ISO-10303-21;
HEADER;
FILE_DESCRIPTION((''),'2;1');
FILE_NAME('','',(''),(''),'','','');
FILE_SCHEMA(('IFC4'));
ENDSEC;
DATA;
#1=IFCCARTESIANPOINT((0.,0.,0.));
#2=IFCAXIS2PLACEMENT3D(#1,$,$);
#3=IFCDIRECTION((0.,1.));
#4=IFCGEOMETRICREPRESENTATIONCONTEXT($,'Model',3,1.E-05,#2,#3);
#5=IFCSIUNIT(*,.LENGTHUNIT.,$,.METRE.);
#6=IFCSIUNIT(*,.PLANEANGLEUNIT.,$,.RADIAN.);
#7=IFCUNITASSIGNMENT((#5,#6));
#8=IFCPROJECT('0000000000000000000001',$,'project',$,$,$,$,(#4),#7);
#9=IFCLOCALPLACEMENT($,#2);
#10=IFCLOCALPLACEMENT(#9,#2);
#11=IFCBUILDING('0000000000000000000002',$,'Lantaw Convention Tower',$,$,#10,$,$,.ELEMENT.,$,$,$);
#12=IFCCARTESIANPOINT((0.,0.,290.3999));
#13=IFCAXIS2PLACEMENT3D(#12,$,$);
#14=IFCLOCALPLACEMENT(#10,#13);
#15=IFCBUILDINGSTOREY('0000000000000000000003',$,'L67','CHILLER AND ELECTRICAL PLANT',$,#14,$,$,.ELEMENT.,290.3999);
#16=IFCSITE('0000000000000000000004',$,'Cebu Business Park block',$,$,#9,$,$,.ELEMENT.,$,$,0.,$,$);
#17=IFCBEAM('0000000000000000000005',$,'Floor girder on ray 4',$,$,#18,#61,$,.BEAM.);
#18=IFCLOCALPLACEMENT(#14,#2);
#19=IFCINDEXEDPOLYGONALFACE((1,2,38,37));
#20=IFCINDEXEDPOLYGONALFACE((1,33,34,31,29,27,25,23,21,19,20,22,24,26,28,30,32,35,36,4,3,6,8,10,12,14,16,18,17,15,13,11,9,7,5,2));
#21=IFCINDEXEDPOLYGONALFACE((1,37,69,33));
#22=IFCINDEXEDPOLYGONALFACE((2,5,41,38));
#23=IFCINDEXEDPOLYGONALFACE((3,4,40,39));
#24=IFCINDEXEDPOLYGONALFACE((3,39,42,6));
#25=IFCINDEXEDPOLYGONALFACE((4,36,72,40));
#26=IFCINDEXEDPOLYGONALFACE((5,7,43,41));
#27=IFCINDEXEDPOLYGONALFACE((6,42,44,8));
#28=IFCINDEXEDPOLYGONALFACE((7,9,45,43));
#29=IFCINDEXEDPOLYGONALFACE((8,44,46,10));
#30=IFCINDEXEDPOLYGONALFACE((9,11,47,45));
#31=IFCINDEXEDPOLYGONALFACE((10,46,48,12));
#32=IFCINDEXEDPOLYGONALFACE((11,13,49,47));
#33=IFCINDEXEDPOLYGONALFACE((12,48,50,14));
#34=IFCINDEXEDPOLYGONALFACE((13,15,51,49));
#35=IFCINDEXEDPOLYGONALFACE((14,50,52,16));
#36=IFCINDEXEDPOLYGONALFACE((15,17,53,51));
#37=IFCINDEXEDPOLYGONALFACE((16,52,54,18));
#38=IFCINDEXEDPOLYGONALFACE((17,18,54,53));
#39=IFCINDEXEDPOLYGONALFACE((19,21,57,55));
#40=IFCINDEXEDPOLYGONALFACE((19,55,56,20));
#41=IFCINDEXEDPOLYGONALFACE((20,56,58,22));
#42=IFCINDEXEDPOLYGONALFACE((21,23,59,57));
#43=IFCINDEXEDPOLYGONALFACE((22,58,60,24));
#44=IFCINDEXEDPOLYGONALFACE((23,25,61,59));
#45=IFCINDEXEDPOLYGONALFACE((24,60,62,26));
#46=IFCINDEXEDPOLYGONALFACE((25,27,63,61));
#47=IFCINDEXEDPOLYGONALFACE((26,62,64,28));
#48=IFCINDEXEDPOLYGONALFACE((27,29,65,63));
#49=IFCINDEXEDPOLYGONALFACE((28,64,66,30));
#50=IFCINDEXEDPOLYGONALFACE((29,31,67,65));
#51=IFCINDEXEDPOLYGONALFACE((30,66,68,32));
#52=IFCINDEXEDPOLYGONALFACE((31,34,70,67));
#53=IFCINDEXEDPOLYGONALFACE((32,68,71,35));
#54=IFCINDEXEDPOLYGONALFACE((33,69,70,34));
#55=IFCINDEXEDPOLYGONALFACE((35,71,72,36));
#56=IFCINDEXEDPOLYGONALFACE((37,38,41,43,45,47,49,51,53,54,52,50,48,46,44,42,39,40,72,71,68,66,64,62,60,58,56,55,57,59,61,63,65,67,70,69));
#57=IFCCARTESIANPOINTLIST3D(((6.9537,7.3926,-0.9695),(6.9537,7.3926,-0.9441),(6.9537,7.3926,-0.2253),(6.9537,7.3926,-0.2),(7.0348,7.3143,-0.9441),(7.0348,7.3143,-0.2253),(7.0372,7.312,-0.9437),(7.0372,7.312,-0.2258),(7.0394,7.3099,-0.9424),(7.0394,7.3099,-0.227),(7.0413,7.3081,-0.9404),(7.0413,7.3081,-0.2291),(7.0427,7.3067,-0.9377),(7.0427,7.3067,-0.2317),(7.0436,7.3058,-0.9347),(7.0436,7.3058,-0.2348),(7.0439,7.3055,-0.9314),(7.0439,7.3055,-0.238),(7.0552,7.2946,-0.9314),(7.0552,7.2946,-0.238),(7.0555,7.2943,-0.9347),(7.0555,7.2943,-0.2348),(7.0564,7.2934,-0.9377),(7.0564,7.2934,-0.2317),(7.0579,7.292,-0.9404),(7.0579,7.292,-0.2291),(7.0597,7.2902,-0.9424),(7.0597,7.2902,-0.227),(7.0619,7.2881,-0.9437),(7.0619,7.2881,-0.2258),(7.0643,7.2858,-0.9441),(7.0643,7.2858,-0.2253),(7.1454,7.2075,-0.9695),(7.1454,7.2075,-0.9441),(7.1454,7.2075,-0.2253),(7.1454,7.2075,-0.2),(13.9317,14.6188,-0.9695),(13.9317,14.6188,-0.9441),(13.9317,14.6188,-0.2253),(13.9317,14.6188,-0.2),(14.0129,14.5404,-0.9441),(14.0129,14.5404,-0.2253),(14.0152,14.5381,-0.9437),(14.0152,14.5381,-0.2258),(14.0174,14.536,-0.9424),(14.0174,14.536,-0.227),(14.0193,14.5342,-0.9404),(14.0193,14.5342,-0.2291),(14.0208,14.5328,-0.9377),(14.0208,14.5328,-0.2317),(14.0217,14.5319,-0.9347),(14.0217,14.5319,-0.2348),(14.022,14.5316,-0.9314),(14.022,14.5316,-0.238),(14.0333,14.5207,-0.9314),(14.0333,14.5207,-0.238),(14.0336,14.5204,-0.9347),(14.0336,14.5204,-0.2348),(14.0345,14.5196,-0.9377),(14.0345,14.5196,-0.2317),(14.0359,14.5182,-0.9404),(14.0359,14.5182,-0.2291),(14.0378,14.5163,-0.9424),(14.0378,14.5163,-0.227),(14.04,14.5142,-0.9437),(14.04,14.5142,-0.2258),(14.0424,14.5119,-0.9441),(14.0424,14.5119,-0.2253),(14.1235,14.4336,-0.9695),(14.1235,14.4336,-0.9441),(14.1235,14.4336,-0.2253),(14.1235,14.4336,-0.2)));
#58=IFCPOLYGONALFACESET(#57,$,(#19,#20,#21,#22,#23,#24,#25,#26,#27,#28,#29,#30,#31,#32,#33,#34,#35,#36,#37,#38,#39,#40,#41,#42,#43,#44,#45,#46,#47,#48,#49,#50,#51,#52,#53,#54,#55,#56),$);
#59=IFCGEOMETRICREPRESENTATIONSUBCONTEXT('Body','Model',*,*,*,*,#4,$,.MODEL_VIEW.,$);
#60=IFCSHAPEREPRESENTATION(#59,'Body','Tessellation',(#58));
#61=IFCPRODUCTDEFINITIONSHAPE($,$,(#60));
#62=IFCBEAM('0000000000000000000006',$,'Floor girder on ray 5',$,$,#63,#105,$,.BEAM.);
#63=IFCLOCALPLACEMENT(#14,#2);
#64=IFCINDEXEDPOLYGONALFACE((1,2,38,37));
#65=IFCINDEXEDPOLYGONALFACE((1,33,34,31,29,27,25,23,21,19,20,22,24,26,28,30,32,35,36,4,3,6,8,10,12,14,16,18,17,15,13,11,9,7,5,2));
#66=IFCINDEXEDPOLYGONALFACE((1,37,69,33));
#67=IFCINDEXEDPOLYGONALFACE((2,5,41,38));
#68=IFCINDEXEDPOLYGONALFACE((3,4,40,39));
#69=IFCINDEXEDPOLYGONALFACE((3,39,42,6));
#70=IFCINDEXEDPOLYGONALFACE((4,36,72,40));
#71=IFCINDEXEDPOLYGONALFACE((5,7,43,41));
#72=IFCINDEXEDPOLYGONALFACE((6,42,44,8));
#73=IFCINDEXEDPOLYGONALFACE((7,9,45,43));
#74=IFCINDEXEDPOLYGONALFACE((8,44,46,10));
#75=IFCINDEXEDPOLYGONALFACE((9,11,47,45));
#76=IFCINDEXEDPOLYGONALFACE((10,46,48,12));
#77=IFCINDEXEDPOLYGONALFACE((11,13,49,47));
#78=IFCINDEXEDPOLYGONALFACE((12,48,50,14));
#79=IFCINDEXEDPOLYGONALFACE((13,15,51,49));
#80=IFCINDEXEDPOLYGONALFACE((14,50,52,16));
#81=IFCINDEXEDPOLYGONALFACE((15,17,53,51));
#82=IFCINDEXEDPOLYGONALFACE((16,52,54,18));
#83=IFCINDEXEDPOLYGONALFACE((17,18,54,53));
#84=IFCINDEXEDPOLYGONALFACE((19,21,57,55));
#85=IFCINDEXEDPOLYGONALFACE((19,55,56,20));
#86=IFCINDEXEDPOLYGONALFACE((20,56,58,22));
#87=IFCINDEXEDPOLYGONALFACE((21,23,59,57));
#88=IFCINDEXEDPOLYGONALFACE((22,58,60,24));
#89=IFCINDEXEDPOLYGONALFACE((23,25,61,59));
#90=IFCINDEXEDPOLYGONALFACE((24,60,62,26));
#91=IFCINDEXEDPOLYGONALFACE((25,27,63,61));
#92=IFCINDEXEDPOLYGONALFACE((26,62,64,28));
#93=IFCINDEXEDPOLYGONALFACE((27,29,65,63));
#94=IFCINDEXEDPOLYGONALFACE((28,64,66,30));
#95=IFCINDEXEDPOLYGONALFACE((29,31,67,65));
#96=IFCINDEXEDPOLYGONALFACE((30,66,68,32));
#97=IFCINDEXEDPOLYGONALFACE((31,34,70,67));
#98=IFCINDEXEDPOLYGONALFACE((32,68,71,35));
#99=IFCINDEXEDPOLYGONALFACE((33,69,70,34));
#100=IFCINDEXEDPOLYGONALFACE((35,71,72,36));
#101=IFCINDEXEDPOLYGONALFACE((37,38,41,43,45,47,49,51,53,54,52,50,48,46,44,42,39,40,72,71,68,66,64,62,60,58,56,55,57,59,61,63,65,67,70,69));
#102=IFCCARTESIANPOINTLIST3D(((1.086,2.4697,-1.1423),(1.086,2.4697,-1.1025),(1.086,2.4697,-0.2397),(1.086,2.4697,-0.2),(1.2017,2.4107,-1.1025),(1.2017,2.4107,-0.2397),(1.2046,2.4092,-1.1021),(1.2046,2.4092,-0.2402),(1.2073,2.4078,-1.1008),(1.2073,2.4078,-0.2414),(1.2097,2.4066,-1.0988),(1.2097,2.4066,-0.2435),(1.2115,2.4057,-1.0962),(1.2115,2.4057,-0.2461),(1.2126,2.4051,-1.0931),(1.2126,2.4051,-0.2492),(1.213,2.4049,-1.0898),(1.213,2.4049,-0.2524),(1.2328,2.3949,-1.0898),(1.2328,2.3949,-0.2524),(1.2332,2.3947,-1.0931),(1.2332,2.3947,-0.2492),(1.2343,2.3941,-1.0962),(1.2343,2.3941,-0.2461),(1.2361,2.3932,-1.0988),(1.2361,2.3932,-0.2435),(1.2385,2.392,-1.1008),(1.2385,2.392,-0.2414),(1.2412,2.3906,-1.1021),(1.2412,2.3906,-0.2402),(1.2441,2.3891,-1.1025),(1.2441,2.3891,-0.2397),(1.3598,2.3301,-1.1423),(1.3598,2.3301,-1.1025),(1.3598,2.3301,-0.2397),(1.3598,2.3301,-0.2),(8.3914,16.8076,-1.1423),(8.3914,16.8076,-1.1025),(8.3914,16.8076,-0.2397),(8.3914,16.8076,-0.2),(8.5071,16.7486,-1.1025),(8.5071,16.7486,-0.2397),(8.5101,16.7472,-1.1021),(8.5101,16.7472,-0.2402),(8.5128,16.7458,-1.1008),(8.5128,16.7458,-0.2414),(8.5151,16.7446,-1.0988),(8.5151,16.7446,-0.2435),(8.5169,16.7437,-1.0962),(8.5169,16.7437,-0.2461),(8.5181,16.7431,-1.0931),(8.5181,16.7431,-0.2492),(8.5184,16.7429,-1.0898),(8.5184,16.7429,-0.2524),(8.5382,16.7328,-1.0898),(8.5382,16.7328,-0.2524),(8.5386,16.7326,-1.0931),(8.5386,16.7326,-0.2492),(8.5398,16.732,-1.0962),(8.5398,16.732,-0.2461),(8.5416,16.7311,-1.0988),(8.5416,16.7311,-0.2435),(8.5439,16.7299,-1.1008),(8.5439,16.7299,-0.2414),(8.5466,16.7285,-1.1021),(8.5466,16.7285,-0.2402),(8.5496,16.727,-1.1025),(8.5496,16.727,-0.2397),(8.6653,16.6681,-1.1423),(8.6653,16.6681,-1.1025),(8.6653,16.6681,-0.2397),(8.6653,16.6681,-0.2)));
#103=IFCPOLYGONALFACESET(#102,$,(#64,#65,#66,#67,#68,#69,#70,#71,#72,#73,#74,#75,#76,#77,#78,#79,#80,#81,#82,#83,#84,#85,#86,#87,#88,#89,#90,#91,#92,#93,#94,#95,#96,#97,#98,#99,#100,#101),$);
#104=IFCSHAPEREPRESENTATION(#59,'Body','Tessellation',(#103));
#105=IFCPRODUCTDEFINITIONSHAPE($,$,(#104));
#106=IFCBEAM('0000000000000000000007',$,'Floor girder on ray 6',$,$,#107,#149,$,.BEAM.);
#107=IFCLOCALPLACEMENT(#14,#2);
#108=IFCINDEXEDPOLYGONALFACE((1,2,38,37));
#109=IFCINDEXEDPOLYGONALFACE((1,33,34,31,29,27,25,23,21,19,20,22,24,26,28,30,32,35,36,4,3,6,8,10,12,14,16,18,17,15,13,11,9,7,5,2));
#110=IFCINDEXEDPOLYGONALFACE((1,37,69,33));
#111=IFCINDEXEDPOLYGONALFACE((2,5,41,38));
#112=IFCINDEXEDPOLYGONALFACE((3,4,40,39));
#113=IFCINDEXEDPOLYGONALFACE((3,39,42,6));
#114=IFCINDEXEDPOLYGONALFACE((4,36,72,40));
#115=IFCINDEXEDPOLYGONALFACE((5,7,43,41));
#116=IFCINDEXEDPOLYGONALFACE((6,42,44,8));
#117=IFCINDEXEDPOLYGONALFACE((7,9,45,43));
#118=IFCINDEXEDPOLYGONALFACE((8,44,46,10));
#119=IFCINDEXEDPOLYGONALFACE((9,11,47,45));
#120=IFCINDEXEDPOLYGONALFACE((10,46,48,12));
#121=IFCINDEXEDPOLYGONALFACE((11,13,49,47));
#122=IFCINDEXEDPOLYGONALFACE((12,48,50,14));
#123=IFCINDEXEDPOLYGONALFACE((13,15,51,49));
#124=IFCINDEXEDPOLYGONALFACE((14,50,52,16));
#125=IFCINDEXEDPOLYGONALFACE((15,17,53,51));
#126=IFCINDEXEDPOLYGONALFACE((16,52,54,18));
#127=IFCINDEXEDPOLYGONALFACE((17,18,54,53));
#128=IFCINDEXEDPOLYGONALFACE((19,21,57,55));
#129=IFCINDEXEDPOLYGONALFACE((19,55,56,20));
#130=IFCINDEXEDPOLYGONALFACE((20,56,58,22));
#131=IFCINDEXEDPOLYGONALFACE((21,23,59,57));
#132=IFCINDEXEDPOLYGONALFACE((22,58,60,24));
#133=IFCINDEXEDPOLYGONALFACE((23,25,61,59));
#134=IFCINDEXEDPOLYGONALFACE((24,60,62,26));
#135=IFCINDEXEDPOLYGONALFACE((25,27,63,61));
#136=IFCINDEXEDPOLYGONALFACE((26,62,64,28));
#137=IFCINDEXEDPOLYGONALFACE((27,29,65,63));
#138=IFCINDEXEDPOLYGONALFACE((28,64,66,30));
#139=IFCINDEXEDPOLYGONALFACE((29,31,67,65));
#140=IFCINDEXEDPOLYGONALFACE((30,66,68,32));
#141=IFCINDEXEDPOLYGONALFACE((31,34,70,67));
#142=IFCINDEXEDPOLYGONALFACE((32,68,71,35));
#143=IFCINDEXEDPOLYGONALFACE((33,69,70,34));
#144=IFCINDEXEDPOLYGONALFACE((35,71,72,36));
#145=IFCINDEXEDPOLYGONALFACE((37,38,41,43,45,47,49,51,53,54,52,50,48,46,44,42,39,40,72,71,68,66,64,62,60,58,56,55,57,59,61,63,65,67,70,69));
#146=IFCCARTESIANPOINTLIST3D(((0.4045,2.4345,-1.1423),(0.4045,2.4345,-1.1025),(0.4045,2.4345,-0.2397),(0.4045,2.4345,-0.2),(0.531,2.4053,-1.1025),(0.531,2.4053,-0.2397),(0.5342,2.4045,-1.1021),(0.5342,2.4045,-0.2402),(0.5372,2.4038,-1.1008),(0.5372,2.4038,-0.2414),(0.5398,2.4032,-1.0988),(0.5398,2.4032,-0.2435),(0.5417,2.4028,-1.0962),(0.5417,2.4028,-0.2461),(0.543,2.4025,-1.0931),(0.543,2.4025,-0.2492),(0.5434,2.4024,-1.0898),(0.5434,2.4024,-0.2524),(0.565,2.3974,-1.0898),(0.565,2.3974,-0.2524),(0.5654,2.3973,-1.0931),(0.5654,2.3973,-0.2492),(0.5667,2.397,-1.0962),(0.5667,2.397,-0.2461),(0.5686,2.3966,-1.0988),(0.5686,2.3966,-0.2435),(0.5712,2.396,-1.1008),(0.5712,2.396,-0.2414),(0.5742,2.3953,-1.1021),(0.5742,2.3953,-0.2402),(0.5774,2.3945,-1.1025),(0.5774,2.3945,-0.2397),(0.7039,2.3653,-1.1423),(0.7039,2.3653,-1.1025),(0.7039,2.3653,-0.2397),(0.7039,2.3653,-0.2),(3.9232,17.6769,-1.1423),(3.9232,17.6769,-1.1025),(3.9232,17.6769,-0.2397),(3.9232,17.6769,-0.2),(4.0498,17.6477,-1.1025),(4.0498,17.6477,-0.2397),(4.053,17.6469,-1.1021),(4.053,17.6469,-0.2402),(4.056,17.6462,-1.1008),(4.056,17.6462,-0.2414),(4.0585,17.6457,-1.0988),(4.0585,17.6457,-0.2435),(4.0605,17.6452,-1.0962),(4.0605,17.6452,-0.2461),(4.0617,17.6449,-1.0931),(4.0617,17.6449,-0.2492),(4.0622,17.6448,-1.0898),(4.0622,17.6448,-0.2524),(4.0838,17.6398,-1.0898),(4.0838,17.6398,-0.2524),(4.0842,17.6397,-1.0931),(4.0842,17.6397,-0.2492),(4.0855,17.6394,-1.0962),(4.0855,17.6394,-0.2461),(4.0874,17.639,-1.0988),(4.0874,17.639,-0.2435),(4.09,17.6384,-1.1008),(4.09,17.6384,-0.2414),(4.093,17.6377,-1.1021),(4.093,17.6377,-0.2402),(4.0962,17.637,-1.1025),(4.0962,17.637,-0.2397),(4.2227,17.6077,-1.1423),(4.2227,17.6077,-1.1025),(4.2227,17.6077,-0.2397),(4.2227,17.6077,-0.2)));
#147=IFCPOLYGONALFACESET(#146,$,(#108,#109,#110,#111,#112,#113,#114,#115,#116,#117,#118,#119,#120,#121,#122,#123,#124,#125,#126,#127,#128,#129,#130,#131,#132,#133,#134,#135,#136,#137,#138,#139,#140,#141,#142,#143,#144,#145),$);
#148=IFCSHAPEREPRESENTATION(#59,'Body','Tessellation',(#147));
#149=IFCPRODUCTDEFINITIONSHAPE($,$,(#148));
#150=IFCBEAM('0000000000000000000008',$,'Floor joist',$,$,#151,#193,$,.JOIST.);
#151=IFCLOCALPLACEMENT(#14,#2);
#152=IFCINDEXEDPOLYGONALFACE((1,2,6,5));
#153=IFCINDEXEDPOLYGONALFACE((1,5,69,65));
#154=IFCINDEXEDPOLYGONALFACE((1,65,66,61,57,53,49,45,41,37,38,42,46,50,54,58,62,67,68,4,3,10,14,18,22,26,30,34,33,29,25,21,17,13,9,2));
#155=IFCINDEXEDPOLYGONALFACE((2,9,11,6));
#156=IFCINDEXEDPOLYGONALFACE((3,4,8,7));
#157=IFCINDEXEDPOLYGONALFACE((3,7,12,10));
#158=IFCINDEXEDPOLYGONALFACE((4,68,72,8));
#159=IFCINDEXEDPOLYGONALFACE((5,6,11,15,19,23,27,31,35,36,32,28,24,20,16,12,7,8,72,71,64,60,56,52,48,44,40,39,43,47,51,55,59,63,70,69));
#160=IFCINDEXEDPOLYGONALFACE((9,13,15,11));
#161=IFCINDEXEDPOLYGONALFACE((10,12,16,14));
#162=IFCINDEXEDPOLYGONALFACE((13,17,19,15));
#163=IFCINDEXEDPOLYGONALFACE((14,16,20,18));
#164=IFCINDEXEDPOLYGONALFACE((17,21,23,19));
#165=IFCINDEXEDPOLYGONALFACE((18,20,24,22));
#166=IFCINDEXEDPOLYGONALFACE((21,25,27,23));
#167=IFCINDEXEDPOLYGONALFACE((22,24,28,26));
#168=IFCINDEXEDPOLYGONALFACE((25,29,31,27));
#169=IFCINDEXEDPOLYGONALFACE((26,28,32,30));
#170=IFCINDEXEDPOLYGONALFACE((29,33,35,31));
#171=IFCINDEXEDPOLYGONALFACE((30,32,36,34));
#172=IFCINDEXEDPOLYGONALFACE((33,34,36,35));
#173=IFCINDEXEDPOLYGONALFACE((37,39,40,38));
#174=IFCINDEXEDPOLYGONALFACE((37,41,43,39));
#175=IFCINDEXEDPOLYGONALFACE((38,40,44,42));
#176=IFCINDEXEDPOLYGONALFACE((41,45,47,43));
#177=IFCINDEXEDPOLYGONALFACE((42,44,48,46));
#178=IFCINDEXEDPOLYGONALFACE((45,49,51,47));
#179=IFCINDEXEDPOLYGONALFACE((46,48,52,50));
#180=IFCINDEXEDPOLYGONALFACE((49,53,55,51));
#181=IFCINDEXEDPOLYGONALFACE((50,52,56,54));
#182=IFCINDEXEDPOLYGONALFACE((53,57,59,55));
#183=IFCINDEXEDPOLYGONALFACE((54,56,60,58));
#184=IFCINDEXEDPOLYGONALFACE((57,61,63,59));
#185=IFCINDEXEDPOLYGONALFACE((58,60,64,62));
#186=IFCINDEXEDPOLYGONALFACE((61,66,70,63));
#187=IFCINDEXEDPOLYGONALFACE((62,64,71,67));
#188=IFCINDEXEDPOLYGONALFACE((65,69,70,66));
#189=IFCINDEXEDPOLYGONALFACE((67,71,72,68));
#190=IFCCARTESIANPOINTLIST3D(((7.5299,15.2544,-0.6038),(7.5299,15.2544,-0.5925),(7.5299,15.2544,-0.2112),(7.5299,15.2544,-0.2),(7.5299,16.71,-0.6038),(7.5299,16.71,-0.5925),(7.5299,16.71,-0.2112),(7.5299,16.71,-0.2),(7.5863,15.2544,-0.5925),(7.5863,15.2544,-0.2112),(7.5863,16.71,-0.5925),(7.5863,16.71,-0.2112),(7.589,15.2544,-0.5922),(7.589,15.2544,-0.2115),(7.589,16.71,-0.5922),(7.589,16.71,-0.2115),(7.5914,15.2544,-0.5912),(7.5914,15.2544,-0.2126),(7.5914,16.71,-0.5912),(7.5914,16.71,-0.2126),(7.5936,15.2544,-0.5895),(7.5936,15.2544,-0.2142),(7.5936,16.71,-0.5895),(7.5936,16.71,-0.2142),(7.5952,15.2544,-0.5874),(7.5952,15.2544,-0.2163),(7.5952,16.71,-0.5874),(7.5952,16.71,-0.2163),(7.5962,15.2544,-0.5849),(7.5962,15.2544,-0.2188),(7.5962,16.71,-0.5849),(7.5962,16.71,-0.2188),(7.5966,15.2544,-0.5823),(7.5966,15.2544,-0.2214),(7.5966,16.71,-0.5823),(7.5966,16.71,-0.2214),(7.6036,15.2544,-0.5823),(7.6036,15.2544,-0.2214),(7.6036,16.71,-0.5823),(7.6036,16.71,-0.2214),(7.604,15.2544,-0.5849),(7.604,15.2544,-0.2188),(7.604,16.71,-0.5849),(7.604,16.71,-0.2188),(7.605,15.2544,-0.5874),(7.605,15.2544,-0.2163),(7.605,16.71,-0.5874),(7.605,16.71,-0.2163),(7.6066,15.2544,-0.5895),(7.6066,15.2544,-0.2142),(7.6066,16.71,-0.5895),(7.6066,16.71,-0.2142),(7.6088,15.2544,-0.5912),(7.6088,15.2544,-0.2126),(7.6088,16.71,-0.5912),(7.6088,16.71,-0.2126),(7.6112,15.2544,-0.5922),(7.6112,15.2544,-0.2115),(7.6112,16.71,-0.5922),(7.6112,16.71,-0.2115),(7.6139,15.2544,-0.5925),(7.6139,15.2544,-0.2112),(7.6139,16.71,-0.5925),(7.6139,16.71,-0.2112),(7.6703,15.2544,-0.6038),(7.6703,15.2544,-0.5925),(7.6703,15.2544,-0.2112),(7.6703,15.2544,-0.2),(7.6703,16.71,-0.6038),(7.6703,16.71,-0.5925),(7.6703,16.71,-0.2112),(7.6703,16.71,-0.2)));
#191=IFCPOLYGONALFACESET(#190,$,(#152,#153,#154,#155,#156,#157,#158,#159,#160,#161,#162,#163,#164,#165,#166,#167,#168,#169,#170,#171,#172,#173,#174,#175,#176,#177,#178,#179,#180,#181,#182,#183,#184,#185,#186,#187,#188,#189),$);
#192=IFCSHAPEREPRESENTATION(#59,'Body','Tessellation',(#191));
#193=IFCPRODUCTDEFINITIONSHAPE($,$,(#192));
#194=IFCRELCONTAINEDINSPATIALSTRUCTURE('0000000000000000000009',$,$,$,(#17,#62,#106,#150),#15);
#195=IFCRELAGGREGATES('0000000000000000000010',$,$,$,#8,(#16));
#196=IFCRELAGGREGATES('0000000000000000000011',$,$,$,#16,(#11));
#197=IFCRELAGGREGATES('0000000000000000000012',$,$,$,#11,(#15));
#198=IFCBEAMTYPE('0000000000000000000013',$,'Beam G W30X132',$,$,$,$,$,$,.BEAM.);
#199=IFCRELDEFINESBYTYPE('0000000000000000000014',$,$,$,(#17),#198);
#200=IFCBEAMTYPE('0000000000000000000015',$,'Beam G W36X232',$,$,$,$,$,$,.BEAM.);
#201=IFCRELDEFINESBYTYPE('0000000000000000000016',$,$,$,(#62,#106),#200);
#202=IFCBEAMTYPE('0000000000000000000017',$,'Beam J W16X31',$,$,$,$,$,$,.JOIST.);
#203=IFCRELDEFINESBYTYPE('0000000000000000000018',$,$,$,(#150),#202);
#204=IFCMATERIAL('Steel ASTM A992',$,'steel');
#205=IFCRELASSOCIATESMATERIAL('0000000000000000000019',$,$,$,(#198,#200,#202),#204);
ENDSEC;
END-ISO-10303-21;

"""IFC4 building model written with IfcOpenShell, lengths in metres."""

from ifc_helpers import new_model, si_unit, direction, frame, origin, origin_2d, place, context, subcontext, project, spatial, i_section, extrude, material, material_profile, profile_set, type_object, element, save


model = new_model("IFC4")

# Units and contexts
model_context = context("Model", 3, precision=1e-05, world=origin(), true_north=direction((0.0, 1.0)))
body_context = subcontext(model_context, "Body", "Model", "MODEL_VIEW")
ifc_project = project(units=[si_unit("LENGTHUNIT", "METRE"), si_unit("PLANEANGLEUNIT", "RADIAN")], contexts=[model_context])

# Site, building, storey
site_placement = place(None, origin())
site = spatial("IfcSite", under=ifc_project, at=site_placement, Name="Cebu Business Park block", CompositionType="ELEMENT", RefElevation=0.0)
building_placement = place(site_placement, origin())
building = spatial("IfcBuilding", under=site, at=building_placement, Name="Lantaw Convention Tower", CompositionType="ELEMENT")
storey_placement = place(building_placement, frame((0.0, 0.0, 290.3999)))
storey = spatial("IfcBuildingStorey", under=building, at=storey_placement, Name="L67", Description="CHILLER AND ELECTRICAL PLANT", CompositionType="ELEMENT", Elevation=290.3999)

# Beams
ifc_material_1 = material(Name="Steel ASTM A992", Category="steel")
ifc_material_profile_1 = material_profile(ifc_material_1, i_section(OverallWidth=0.2666, OverallDepth=0.7695, WebThickness=0.0156, FlangeThickness=0.0254, FilletRadius=0.0127, at=origin_2d()), Name="W30X132")
ifc_profile_set_1 = profile_set([ifc_material_profile_1], Name="Steel ASTM A992")
beam_type_1 = type_object("IfcBeamType", Name="Beam G W30X132", PredefinedType="BEAM", material=ifc_profile_set_1)
beam_1_placement = place(storey_placement, frame((7.0496, 7.3, -0.5847), z_axis=(0.694653, 0.719345, 0.0), x_axis=(-0.719345, 0.694653, 0.0)))
element("IfcBeam", 1, at=beam_1_placement, inside=storey, type_object=beam_type_1, Name="Floor girder on ray 4", PredefinedType="BEAM", context=body_context, shape_type="SweptSolid", body=[
    extrude(i_section(OverallWidth=0.2666, OverallDepth=0.7695, WebThickness=0.0156, FlangeThickness=0.0254, FilletRadius=0.0127, at=origin_2d()), origin(), (0.0, 0.0, 1.0), 10.0454),
])
ifc_material_profile_2 = material_profile(ifc_material_1, i_section(OverallWidth=0.3074, OverallDepth=0.9424, WebThickness=0.0222, FlangeThickness=0.0398, FilletRadius=0.0127, at=origin_2d()), Name="W36X232")
ifc_profile_set_2 = profile_set([ifc_material_profile_2], Name="Steel ASTM A992")
beam_type_2 = type_object("IfcBeamType", Name="Beam G W36X232", PredefinedType="BEAM", material=ifc_profile_set_2)
beam_2_placement = place(storey_placement, frame((1.2229, 2.3999, -0.6711), z_axis=(0.453986, 0.891009, 0.0), x_axis=(-0.891009, 0.453986, 0.0)))
element("IfcBeam", 2, at=beam_2_placement, inside=storey, type_object=beam_type_2, Name="Floor girder on ray 5", PredefinedType="BEAM", context=body_context, shape_type="SweptSolid", body=[
    extrude(i_section(OverallWidth=0.3074, OverallDepth=0.9424, WebThickness=0.0222, FlangeThickness=0.0398, FilletRadius=0.0127, at=origin_2d()), origin(), (0.0, 0.0, 1.0), 16.0918),
])
beam_3_placement = place(storey_placement, frame((0.5542, 2.3999, -0.6711), z_axis=(0.224939, 0.974373, 0.0), x_axis=(-0.974373, 0.224939, 0.0)))
element("IfcBeam", 3, at=beam_3_placement, inside=storey, type_object=beam_type_2, Name="Floor girder on ray 6", PredefinedType="BEAM", context=body_context, shape_type="SweptSolid", body=[
    extrude(i_section(OverallWidth=0.3074, OverallDepth=0.9424, WebThickness=0.0222, FlangeThickness=0.0398, FilletRadius=0.0127, at=origin_2d()), origin(), (0.0, 0.0, 1.0), 15.6433),
])
ifc_material_profile_3 = material_profile(ifc_material_1, i_section(OverallWidth=0.1404, OverallDepth=0.4038, WebThickness=0.0071, FlangeThickness=0.0112, FilletRadius=0.0103, at=origin_2d()), Name="W16X31")
ifc_profile_set_3 = profile_set([ifc_material_profile_3], Name="Steel ASTM A992")
beam_type_3 = type_object("IfcBeamType", Name="Beam J W16X31", PredefinedType="JOIST", material=ifc_profile_set_3)
beam_4_placement = place(storey_placement, frame((7.6001, 15.2544, -0.4019), z_axis=(0.0, 1.0, 0.0), x_axis=(-1.0, 0.0, 0.0)))
element("IfcBeam", 4, at=beam_4_placement, inside=storey, type_object=beam_type_3, Name="Floor joist", PredefinedType="JOIST", context=body_context, shape_type="SweptSolid", body=[
    extrude(i_section(OverallWidth=0.1404, OverallDepth=0.4038, WebThickness=0.0071, FlangeThickness=0.0112, FilletRadius=0.0103, at=origin_2d()), origin(), (0.0, 0.0, 1.0), 1.4556),
])

save(model, "model.ifc")
